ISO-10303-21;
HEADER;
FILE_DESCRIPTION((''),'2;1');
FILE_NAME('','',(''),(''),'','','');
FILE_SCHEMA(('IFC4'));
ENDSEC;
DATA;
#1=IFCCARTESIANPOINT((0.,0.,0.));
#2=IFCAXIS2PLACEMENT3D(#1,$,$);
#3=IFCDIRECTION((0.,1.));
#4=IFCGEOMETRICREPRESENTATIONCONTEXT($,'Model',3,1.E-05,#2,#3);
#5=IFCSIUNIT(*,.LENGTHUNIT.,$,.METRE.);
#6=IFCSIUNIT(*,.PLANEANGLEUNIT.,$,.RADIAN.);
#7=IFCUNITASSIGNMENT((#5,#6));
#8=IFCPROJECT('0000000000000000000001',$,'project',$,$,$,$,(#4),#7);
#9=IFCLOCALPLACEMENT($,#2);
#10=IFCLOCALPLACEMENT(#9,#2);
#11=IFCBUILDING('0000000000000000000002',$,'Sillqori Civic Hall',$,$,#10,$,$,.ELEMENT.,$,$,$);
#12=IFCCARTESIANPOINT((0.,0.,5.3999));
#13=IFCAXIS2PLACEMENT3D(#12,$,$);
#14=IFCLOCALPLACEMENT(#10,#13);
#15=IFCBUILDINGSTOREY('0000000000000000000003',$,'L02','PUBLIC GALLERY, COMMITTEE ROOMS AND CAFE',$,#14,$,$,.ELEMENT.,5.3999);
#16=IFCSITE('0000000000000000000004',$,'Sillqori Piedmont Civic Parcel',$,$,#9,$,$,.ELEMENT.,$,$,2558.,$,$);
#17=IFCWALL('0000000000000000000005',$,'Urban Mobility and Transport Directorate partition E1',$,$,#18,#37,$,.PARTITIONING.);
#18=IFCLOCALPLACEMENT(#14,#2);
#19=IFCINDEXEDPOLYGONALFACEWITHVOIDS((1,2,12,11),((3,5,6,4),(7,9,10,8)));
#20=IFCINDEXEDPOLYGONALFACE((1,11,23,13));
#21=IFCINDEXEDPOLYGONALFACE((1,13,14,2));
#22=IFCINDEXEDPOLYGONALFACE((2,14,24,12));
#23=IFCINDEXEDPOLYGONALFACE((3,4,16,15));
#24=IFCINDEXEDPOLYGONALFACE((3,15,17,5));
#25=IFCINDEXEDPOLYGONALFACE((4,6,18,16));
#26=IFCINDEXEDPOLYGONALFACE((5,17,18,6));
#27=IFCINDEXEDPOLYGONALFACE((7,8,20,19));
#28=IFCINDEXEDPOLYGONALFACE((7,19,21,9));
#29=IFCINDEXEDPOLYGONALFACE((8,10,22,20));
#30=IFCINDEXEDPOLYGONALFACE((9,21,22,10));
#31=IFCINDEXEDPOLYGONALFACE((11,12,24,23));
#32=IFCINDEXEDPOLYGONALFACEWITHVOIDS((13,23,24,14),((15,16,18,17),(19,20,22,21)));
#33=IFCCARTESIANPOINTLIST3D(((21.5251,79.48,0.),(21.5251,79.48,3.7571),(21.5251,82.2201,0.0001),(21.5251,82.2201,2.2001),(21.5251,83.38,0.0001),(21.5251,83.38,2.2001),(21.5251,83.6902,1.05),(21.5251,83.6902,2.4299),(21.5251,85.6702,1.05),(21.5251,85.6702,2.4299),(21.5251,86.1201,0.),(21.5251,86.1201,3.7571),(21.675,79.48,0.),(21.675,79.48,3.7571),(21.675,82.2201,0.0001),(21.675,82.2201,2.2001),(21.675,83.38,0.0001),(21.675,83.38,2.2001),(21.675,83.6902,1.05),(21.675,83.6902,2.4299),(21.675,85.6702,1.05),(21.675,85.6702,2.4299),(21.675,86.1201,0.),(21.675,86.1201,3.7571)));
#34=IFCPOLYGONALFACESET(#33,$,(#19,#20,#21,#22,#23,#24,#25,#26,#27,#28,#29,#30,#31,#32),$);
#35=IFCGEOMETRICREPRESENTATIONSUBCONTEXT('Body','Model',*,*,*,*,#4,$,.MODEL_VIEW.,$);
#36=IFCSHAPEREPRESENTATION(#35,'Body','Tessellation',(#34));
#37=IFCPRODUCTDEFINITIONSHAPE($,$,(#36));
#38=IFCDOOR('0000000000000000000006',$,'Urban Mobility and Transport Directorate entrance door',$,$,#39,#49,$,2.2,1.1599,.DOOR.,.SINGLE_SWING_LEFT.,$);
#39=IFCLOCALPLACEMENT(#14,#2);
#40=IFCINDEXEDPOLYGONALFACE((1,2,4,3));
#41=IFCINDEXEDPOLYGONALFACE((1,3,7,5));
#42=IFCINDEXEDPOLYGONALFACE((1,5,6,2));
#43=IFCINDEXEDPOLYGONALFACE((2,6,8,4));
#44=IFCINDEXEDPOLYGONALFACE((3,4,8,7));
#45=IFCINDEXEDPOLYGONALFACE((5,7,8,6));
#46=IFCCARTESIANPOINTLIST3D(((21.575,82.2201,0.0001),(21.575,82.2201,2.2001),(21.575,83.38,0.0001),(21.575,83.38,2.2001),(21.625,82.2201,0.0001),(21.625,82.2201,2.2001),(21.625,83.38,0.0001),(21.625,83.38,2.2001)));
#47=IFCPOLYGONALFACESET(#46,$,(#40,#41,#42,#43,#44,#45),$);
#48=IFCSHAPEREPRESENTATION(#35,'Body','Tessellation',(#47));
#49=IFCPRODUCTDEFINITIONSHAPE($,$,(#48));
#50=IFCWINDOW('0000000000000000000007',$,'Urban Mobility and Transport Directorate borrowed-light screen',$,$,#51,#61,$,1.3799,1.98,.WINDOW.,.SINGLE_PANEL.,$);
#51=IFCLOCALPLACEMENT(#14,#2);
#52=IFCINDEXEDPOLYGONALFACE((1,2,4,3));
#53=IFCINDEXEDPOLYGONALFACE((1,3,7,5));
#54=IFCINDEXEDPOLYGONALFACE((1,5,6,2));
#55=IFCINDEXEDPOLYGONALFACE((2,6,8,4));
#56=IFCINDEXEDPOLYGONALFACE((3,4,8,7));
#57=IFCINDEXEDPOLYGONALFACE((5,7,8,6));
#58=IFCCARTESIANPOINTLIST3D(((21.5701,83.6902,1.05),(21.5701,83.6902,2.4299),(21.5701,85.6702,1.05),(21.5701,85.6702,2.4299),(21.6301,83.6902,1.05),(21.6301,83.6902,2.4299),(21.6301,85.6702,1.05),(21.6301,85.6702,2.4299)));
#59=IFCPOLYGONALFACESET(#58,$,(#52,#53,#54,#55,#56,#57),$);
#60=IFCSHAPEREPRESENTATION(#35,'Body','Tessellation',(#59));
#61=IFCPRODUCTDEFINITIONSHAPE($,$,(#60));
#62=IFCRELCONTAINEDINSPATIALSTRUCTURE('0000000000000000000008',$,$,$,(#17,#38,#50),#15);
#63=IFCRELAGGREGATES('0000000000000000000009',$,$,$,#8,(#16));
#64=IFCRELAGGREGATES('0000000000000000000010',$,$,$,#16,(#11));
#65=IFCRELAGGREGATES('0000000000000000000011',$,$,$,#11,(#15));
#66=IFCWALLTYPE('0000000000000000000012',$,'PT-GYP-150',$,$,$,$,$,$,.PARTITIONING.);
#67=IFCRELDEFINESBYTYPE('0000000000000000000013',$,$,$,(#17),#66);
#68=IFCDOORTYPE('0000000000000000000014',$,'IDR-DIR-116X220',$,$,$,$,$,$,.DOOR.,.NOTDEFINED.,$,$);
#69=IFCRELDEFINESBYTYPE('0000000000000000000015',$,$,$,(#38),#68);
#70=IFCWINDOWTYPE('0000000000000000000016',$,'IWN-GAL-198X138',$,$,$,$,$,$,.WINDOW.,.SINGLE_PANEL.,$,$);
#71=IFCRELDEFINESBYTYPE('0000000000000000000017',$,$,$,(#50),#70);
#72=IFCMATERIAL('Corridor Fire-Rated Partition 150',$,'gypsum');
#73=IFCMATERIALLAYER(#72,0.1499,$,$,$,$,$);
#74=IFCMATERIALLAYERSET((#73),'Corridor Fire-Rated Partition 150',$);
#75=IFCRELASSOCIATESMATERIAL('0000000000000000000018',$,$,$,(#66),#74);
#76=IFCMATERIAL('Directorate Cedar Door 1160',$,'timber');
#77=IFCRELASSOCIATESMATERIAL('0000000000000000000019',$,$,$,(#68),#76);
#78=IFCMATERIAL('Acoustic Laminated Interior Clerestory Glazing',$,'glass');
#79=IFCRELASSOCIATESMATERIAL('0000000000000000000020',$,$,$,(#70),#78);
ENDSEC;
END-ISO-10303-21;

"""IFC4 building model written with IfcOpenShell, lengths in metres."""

from ifc_helpers import new_model, si_unit, direction, frame, frame_2d, origin, place, context, subcontext, project, spatial, rectangle, extrude, material, layer, layer_set, type_object, element, fill, save


model = new_model("IFC4")

# Units and contexts
model_context = context("Model", 3, precision=1e-05, world=origin(), true_north=direction((0.0, 1.0)))
body_context = subcontext(model_context, "Body", "Model", "MODEL_VIEW")
ifc_project = project(units=[si_unit("LENGTHUNIT", "METRE"), si_unit("PLANEANGLEUNIT", "RADIAN")], contexts=[model_context])

# Site, building, storey
site_placement = place(None, origin())
site = spatial("IfcSite", under=ifc_project, at=site_placement, Name="Sillqori Piedmont Civic Parcel", CompositionType="ELEMENT", RefElevation=2558.0)
building_placement = place(site_placement, origin())
building = spatial("IfcBuilding", under=site, at=building_placement, Name="Sillqori Civic Hall", CompositionType="ELEMENT")
storey_placement = place(building_placement, frame((0.0, 0.0, 5.3999)))
storey = spatial("IfcBuildingStorey", under=building, at=storey_placement, Name="L02", Description="PUBLIC GALLERY, COMMITTEE ROOMS AND CAFE", CompositionType="ELEMENT", Elevation=5.3999)

# Wall, openings, door, window
ifc_material_1 = material(Name="Corridor Fire-Rated Partition 150", Category="gypsum")
ifc_layer_1 = layer(ifc_material_1, 0.1499)
ifc_layer_set_1 = layer_set([ifc_layer_1], Name="Corridor Fire-Rated Partition 150")
wall_type_1 = type_object("IfcWallType", Name="PT-GYP-150", PredefinedType="PARTITIONING", material=ifc_layer_set_1)
wall_1_placement = place(storey_placement, frame((21.6001, 86.1201, 0.0), z_axis=(0.0, 0.0, 1.0), x_axis=(0.0, -1.0, 0.0)))
wall_1 = element("IfcWall", 1, at=wall_1_placement, inside=storey, type_object=wall_type_1, Name="Urban Mobility and Transport Directorate partition E1", PredefinedType="PARTITIONING", context=body_context, shape_type="SweptSolid", body=[
    extrude(rectangle(XDim=6.6401, YDim=0.1499, at=frame_2d((3.3201, 0.0))), origin(), (0.0, 0.0, 1.0), 3.7571),
])
opening_1_placement = place(wall_1_placement, frame((2.74, 0.0, 0.0)))
opening_1 = element("IfcOpeningElement", 2, at=opening_1_placement, cuts=wall_1, PredefinedType="OPENING", context=body_context, shape_type="SweptSolid", body=[
    extrude(rectangle(XDim=1.1599, YDim=2.2, at=frame_2d((0.5801, 1.1001))), frame((0.0, 0.085, 0.0), z_axis=(0.0, -1.0, 0.0), x_axis=(1.0, 0.0, 0.0)), (0.0, 0.0, 1.0), 0.1699),
])
opening_2_placement = place(wall_1_placement, frame((0.45, 0.0, 1.05)))
opening_2 = element("IfcOpeningElement", 3, at=opening_2_placement, cuts=wall_1, PredefinedType="OPENING", context=body_context, shape_type="SweptSolid", body=[
    extrude(rectangle(XDim=1.98, YDim=1.3799, at=frame_2d((0.99, 0.6899))), frame((0.0, 0.085, 0.0), z_axis=(0.0, -1.0, 0.0), x_axis=(1.0, 0.0, 0.0)), (0.0, 0.0, 1.0), 0.1699),
])
ifc_material_2 = material(Name="Directorate Cedar Door 1160", Category="timber")
door_type_1 = type_object("IfcDoorType", Name="IDR-DIR-116X220", OperationType="NOTDEFINED", PredefinedType="DOOR", material=ifc_material_2)
door_1_placement = place(opening_1_placement, origin())
door_1 = element("IfcDoor", 4, at=door_1_placement, inside=storey, type_object=door_type_1, Name="Urban Mobility and Transport Directorate entrance door", OperationType="SINGLE_SWING_LEFT", OverallHeight=2.2, OverallWidth=1.1599, PredefinedType="DOOR", context=body_context, shape_type="SweptSolid", body=[
    extrude(rectangle(XDim=1.1599, YDim=2.2, at=frame_2d((0.5801, 1.1001))), frame((0.0, 0.0249, 0.0), z_axis=(0.0, -1.0, 0.0), x_axis=(1.0, 0.0, 0.0)), (0.0, 0.0, 1.0), 0.05),
])
fill(opening_1, door_1)
ifc_material_3 = material(Name="Acoustic Laminated Interior Clerestory Glazing", Category="glass")
window_type = type_object("IfcWindowType", Name="IWN-GAL-198X138", PartitioningType="SINGLE_PANEL", PredefinedType="WINDOW", material=ifc_material_3)
window_placement = place(opening_2_placement, origin())
window = element("IfcWindow", 5, at=window_placement, inside=storey, type_object=window_type, Name="Urban Mobility and Transport Directorate borrowed-light screen", OverallHeight=1.3799, OverallWidth=1.98, PartitioningType="SINGLE_PANEL", PredefinedType="WINDOW", context=body_context, shape_type="SweptSolid", body=[
    extrude(rectangle(XDim=1.98, YDim=1.3799, at=frame_2d((0.99, 0.6899))), frame((0.0, 0.03, 0.0), z_axis=(0.0, -1.0, 0.0), x_axis=(1.0, 0.0, 0.0)), (0.0, 0.0, 1.0), 0.0601),
])
fill(opening_2, window)

save(model, "model.ifc")
